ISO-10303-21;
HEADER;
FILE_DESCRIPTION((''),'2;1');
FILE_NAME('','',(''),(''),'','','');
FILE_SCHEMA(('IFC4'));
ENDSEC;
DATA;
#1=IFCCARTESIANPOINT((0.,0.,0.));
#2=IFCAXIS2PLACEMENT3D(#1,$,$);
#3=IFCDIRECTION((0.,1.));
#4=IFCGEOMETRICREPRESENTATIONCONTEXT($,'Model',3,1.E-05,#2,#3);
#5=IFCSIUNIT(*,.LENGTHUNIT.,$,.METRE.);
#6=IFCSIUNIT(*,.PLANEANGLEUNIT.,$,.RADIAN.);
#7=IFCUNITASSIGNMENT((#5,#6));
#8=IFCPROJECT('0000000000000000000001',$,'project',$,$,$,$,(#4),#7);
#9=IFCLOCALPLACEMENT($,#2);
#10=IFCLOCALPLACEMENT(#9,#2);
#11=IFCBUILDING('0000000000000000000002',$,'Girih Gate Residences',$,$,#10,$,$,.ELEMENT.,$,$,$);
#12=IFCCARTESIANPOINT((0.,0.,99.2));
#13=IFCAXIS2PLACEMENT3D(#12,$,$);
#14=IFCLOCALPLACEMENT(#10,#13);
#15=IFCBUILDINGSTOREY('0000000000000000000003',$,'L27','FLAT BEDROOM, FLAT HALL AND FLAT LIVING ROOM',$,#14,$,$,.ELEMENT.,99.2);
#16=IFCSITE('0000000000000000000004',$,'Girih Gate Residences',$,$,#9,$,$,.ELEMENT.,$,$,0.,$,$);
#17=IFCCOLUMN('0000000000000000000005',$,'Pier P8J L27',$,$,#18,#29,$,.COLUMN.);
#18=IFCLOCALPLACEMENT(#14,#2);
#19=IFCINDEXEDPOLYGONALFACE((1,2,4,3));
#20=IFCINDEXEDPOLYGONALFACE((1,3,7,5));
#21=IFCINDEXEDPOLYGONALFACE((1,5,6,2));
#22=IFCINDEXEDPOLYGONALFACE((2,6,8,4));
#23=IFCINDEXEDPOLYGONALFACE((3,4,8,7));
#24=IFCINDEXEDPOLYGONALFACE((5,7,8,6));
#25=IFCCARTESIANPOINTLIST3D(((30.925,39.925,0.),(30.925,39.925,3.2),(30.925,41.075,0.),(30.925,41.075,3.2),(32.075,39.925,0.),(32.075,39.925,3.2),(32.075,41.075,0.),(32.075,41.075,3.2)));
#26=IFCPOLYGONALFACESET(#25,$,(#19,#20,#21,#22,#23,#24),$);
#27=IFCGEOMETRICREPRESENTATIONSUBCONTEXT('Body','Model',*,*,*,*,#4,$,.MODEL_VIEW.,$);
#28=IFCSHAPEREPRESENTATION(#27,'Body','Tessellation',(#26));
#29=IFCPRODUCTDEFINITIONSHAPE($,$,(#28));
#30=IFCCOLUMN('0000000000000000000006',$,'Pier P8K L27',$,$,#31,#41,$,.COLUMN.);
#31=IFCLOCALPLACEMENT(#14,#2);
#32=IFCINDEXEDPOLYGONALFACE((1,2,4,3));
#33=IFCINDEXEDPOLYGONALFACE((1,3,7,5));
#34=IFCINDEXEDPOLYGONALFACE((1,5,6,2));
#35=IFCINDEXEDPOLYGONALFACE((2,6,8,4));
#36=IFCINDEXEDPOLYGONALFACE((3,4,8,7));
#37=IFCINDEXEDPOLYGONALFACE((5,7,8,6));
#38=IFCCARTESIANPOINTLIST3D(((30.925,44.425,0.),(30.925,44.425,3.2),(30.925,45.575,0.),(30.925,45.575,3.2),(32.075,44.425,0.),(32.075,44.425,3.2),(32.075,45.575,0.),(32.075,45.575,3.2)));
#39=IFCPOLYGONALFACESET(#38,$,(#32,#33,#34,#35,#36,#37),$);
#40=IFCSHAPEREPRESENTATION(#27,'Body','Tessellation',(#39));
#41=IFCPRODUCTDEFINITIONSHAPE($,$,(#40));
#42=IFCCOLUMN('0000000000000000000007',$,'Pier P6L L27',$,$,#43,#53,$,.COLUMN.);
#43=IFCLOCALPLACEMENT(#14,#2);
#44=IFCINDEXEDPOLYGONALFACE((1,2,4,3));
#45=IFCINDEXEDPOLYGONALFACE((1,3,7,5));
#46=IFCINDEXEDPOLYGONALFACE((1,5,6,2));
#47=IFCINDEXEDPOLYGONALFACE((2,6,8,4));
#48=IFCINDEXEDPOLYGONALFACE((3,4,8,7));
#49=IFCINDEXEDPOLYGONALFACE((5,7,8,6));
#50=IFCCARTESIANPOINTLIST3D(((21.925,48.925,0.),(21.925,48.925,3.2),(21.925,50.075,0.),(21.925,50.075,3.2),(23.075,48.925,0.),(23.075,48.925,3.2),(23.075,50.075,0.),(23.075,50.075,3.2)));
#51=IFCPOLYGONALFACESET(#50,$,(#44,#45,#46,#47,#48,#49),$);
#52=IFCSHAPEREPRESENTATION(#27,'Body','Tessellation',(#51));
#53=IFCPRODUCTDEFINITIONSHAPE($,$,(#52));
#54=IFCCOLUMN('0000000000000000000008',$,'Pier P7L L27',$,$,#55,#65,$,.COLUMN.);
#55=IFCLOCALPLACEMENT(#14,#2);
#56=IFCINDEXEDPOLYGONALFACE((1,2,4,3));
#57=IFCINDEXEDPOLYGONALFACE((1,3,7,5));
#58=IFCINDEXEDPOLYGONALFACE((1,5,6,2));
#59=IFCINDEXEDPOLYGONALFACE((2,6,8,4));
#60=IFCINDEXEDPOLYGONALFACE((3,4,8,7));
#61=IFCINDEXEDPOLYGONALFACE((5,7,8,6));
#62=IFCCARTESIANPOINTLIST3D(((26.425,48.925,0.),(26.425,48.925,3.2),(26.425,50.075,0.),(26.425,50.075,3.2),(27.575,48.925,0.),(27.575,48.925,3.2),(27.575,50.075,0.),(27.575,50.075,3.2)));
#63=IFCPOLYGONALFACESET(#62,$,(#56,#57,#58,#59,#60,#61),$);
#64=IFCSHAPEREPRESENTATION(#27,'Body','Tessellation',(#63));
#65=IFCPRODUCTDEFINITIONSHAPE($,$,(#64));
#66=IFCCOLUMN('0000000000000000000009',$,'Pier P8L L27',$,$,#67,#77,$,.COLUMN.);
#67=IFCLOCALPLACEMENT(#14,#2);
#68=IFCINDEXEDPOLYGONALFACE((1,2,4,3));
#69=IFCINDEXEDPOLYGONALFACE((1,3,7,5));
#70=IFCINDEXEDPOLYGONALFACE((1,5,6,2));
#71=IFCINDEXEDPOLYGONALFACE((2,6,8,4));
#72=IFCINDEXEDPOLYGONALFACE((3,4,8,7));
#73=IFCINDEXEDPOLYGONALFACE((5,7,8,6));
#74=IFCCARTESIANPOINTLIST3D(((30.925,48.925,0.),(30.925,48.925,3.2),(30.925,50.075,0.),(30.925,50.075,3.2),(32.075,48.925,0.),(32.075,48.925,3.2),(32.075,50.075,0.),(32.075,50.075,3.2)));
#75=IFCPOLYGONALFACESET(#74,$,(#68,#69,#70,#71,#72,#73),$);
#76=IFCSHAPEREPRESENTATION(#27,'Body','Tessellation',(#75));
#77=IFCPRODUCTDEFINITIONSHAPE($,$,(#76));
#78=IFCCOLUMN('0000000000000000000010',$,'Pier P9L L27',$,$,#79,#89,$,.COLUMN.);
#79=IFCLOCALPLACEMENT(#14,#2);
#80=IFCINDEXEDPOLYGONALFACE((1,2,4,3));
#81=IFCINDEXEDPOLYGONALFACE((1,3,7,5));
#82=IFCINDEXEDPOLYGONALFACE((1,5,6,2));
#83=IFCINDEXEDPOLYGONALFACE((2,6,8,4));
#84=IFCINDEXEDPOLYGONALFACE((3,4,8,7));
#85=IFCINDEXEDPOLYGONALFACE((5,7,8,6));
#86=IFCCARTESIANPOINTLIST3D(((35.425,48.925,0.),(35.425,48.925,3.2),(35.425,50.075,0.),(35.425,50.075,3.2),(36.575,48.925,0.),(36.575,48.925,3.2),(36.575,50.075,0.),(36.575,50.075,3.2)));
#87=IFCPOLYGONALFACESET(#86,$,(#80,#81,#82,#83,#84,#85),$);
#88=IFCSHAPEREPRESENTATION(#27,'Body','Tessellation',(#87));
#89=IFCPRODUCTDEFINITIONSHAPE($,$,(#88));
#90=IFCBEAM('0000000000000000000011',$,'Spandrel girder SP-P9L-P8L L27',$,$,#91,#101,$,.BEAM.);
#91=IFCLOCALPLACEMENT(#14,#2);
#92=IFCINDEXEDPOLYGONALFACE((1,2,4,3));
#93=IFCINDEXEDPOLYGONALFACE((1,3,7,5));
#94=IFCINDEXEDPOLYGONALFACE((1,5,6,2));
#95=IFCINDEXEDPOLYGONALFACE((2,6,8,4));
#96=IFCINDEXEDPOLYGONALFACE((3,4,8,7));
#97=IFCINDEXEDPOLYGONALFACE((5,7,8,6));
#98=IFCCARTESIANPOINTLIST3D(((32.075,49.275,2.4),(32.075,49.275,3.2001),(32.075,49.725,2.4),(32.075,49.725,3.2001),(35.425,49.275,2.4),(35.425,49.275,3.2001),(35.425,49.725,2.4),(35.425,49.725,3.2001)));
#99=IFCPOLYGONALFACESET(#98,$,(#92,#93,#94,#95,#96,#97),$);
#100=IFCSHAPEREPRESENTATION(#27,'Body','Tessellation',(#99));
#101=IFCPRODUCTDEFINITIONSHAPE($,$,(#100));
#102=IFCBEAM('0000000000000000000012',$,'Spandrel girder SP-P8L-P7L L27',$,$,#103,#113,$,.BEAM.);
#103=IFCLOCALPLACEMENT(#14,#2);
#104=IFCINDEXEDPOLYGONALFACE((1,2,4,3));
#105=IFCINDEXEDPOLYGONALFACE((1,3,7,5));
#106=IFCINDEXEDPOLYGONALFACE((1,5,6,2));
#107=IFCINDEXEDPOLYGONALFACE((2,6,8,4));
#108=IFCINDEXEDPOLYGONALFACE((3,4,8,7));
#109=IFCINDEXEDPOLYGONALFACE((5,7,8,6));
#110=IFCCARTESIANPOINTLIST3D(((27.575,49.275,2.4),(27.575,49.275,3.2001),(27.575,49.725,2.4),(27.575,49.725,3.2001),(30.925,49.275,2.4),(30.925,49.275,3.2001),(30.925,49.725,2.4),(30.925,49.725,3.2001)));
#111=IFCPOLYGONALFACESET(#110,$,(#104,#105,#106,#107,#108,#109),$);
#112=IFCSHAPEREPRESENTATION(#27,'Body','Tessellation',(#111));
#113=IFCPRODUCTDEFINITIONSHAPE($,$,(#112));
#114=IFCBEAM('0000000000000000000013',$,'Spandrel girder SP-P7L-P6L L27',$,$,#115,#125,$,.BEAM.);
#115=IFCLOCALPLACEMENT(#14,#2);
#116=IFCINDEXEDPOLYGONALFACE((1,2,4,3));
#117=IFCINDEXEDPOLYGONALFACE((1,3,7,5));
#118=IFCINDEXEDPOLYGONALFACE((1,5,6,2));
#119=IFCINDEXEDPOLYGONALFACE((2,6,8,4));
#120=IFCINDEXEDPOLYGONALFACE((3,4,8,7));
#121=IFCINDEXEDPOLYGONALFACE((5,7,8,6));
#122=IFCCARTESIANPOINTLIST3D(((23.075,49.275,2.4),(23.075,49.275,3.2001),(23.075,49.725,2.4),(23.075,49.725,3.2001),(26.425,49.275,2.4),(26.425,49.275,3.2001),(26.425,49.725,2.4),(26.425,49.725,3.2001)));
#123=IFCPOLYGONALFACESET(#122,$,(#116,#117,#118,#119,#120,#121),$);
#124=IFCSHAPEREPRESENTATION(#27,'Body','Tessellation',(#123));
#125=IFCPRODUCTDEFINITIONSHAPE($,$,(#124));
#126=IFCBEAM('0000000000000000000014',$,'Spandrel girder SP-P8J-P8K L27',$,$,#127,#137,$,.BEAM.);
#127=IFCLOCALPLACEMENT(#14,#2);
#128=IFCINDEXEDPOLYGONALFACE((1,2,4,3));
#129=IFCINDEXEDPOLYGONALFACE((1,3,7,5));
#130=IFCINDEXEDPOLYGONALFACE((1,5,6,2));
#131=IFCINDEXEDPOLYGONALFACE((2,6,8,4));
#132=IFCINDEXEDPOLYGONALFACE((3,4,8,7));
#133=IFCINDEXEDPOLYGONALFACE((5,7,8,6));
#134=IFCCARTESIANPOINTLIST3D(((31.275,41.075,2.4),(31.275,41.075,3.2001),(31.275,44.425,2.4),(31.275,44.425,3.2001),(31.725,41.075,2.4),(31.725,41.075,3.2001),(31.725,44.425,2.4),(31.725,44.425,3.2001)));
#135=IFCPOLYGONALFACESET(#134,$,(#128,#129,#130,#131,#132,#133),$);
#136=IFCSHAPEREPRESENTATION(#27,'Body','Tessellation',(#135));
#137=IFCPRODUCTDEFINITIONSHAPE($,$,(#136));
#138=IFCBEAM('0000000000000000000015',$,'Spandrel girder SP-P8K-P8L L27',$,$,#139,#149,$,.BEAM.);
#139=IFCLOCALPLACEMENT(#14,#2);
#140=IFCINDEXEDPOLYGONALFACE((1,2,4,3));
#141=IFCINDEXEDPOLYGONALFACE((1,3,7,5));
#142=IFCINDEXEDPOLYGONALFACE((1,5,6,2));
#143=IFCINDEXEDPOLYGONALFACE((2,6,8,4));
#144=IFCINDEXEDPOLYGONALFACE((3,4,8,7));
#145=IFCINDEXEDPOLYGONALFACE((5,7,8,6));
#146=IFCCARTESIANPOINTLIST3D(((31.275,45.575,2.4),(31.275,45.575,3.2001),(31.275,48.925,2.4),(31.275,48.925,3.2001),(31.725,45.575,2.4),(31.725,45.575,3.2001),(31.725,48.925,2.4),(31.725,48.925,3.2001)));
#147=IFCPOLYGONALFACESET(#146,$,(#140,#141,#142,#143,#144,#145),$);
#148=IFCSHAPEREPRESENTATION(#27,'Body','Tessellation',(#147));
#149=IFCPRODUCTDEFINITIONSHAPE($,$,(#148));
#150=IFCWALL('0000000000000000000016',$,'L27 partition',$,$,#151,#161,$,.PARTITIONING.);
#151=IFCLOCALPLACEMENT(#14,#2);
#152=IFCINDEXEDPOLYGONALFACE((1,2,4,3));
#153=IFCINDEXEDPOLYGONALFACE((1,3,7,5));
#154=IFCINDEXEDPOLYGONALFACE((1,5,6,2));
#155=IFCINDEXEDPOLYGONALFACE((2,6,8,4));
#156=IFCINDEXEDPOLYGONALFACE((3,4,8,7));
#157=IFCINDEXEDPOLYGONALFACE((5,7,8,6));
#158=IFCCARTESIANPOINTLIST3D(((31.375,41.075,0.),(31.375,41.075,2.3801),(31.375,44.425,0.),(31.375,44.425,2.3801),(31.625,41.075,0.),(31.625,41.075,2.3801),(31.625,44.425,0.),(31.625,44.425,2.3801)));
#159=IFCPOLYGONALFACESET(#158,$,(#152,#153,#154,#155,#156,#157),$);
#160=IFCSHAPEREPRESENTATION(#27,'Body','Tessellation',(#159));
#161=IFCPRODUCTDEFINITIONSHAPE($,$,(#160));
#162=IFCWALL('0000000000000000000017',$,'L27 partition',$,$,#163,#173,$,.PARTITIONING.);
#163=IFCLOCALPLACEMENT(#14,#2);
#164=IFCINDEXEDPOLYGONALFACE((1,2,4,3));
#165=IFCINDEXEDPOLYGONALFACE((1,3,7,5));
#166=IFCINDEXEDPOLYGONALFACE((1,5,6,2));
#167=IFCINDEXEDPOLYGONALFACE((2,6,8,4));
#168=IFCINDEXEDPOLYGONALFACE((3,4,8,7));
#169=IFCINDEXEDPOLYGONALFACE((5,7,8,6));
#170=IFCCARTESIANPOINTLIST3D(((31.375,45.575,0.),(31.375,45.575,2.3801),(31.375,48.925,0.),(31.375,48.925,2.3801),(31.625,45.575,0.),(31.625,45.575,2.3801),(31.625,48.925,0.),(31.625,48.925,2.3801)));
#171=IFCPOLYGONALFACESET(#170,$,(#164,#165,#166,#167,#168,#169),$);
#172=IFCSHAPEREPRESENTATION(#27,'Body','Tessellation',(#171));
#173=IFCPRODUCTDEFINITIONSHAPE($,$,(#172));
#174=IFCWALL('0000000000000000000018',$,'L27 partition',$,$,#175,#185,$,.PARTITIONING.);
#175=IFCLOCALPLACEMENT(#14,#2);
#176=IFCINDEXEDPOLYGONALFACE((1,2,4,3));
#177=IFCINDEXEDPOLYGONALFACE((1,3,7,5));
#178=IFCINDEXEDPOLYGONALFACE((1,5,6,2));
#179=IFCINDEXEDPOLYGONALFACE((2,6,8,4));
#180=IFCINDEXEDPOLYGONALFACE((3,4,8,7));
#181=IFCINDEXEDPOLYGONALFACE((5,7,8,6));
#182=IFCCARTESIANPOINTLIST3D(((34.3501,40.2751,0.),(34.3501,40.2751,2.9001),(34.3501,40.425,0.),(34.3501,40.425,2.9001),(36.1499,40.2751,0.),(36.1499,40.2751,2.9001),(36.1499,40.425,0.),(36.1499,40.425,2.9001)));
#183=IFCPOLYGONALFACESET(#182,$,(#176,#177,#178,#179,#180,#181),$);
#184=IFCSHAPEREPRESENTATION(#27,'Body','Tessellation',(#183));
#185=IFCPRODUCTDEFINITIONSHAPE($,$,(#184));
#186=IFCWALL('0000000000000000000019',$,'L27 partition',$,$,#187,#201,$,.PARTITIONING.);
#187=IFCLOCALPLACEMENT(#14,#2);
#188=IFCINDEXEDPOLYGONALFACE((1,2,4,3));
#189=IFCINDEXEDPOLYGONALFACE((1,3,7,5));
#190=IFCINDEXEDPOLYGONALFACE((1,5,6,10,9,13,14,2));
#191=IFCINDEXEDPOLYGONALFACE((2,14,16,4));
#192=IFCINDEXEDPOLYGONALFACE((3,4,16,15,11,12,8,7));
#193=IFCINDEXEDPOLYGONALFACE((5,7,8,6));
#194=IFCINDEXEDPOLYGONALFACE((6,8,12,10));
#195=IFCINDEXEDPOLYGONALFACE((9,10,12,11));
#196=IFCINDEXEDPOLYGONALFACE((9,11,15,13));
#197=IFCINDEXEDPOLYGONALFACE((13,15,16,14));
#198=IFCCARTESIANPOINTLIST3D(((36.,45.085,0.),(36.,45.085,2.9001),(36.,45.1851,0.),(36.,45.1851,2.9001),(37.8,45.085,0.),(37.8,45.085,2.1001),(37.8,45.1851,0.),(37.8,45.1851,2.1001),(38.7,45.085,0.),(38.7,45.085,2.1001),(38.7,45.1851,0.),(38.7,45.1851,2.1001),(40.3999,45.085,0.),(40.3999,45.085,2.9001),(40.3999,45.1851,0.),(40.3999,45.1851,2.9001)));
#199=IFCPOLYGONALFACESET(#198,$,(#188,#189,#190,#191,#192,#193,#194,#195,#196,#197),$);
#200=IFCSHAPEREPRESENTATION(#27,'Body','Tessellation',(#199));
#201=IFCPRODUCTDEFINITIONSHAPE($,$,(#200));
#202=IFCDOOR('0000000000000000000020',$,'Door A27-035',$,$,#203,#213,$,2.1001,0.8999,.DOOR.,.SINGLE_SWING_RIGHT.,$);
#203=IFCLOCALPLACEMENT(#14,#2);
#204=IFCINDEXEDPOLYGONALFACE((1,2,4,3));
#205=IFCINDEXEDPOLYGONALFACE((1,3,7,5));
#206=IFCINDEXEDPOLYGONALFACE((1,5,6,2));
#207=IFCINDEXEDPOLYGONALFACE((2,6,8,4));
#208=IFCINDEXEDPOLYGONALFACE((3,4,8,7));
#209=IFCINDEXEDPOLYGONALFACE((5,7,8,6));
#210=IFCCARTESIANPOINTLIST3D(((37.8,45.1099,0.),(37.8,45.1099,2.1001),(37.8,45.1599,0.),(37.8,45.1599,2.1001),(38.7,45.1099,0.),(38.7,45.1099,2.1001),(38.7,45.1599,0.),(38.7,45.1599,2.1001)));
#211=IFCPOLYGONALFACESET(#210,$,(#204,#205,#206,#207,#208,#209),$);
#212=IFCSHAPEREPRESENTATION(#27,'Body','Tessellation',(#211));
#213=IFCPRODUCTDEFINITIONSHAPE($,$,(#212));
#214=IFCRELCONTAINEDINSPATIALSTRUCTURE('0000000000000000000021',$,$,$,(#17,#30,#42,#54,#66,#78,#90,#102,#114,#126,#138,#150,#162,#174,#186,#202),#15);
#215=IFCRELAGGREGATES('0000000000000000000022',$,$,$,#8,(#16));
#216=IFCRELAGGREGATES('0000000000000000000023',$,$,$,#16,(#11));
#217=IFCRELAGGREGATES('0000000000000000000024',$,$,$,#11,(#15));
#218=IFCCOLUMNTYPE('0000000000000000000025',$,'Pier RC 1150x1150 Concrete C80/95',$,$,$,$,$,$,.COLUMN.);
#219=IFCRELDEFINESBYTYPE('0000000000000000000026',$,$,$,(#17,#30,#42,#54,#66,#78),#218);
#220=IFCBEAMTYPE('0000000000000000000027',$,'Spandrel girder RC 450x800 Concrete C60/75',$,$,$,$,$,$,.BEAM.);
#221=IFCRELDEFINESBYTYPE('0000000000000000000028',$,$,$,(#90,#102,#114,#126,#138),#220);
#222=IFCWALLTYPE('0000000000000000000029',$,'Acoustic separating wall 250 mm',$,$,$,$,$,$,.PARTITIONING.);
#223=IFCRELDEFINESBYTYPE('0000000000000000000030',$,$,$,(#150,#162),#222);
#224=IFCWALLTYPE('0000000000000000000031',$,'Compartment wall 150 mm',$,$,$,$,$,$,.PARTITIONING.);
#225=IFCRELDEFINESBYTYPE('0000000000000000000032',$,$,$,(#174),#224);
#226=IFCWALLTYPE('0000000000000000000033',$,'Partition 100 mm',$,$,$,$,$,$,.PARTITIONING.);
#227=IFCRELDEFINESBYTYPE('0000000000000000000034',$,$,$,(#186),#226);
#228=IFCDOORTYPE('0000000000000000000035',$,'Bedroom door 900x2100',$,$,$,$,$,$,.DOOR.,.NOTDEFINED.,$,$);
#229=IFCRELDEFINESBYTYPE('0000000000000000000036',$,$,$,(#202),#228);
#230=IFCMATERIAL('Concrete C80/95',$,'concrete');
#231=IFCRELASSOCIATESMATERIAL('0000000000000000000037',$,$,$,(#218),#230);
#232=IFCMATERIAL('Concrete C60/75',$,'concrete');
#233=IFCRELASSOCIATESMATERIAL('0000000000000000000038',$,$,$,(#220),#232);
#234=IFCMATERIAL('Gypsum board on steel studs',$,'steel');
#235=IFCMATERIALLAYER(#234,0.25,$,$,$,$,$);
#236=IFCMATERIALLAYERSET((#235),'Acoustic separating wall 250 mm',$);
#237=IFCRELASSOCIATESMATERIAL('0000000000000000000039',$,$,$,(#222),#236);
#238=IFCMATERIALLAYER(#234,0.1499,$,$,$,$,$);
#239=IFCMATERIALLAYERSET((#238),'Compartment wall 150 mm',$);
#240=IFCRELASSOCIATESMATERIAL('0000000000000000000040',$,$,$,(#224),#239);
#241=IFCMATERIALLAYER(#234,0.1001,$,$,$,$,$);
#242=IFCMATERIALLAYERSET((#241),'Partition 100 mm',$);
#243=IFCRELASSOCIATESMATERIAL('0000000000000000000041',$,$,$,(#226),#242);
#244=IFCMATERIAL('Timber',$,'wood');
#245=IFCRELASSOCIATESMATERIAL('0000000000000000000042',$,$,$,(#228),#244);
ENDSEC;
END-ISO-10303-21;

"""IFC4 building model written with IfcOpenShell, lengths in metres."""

from ifc_helpers import new_model, si_unit, direction, frame, frame_2d, origin, origin_2d, place, context, subcontext, project, spatial, rectangle, extrude, material, layer, layer_set, material_profile, profile_set, type_object, element, fill, save


model = new_model("IFC4")

# Units and contexts
model_context = context("Model", 3, precision=1e-05, world=origin(), true_north=direction((0.0, 1.0)))
body_context = subcontext(model_context, "Body", "Model", "MODEL_VIEW")
ifc_project = project(units=[si_unit("LENGTHUNIT", "METRE"), si_unit("PLANEANGLEUNIT", "RADIAN")], contexts=[model_context])

# Site, building, storey
site_placement = place(None, origin())
site = spatial("IfcSite", under=ifc_project, at=site_placement, Name="Girih Gate Residences", CompositionType="ELEMENT", RefElevation=0.0)
building_placement = place(site_placement, origin())
building = spatial("IfcBuilding", under=site, at=building_placement, Name="Girih Gate Residences", CompositionType="ELEMENT")
storey_placement = place(building_placement, frame((0.0, 0.0, 99.2)))
storey = spatial("IfcBuildingStorey", under=building, at=storey_placement, Name="L27", Description="FLAT BEDROOM, FLAT HALL AND FLAT LIVING ROOM", CompositionType="ELEMENT", Elevation=99.2)

# Columns
ifc_material_1 = material(Name="Concrete C80/95", Category="concrete")
ifc_material_profile_1 = material_profile(ifc_material_1, rectangle(XDim=1.1499, YDim=1.1499, at=origin_2d()))
ifc_profile_set_1 = profile_set([ifc_material_profile_1], Name="Concrete C80/95")
column_type = type_object("IfcColumnType", Name="Pier RC 1150x1150 Concrete C80/95", PredefinedType="COLUMN", material=ifc_profile_set_1)
for number, where, z_axis, x_axis, name in (
    (1, (31.5, 40.5, 0.0), (0.0, 0.0, 1.0), (1.0, 0.0, 0.0), "Pier P8J L27"),
    (2, (31.5, 45.0, 0.0), (0.0, 0.0, 1.0), (1.0, 0.0, 0.0), "Pier P8K L27"),
    (3, (22.5, 49.5, 0.0), (0.0, 0.0, 1.0), (1.0, 0.0, 0.0), "Pier P6L L27"),
    (4, (27.0, 49.5, 0.0), (0.0, 0.0, 1.0), (1.0, 0.0, 0.0), "Pier P7L L27"),
    (5, (31.5, 49.5, 0.0), (0.0, 0.0, 1.0), (1.0, 0.0, 0.0), "Pier P8L L27"),
    (6, (36.0, 49.5, 0.0), (0.0, 0.0, 1.0), (1.0, 0.0, 0.0), "Pier P9L L27"),
):
    element("IfcColumn", number, at=place(storey_placement, frame(where, z_axis=z_axis, x_axis=x_axis)), inside=storey, type_object=column_type, Name=name, PredefinedType="COLUMN", context=body_context, shape_type="SweptSolid", body=[
        extrude(rectangle(XDim=1.1499, YDim=1.1499, at=origin_2d()), origin(), (0.0, 0.0, 1.0), 3.2),
    ])

# Beams
ifc_material_2 = material(Name="Concrete C60/75", Category="concrete")
ifc_material_profile_2 = material_profile(ifc_material_2, rectangle(XDim=0.45, YDim=0.8, at=origin_2d()))
ifc_profile_set_2 = profile_set([ifc_material_profile_2], Name="Concrete C60/75")
beam_type = type_object("IfcBeamType", Name="Spandrel girder RC 450x800 Concrete C60/75", PredefinedType="BEAM", material=ifc_profile_set_2)
for number, where, z_axis, x_axis, name in (
    (7, (35.425, 49.5, 2.8), (-1.0, 0.0, 0.0), (0.0, -1.0, 0.0), "Spandrel girder SP-P9L-P8L L27"),
    (8, (30.925, 49.5, 2.8), (-1.0, 0.0, 0.0), (0.0, -1.0, 0.0), "Spandrel girder SP-P8L-P7L L27"),
    (9, (26.425, 49.5, 2.8), (-1.0, 0.0, 0.0), (0.0, -1.0, 0.0), "Spandrel girder SP-P7L-P6L L27"),
    (10, (31.5, 41.075, 2.8), (0.0, 1.0, 0.0), (-1.0, 0.0, 0.0), "Spandrel girder SP-P8J-P8K L27"),
    (11, (31.5, 45.575, 2.8), (0.0, 1.0, 0.0), (-1.0, 0.0, 0.0), "Spandrel girder SP-P8K-P8L L27"),
):
    element("IfcBeam", number, at=place(storey_placement, frame(where, z_axis=z_axis, x_axis=x_axis)), inside=storey, type_object=beam_type, Name=name, PredefinedType="BEAM", context=body_context, shape_type="SweptSolid", body=[
        extrude(rectangle(XDim=0.45, YDim=0.8, at=origin_2d()), origin(), (0.0, 0.0, 1.0), 3.3501),
    ])

# Walls
ifc_material_3 = material(Name="Gypsum board on steel studs", Category="steel")
ifc_layer_1 = layer(ifc_material_3, 0.25)
ifc_layer_set_1 = layer_set([ifc_layer_1], Name="Acoustic separating wall 250 mm")
wall_type_1 = type_object("IfcWallType", Name="Acoustic separating wall 250 mm", PredefinedType="PARTITIONING", material=ifc_layer_set_1)
for number, where, z_axis, x_axis, name in (
    (12, (31.5, 41.075, 0.0), (0.0, 0.0, 1.0), (0.0, 1.0, 0.0), "L27 partition"),
    (13, (31.5, 45.575, 0.0), (0.0, 0.0, 1.0), (0.0, 1.0, 0.0), "L27 partition"),
):
    element("IfcWall", number, at=place(storey_placement, frame(where, z_axis=z_axis, x_axis=x_axis)), inside=storey, type_object=wall_type_1, Name=name, PredefinedType="PARTITIONING", context=body_context, shape_type="SweptSolid", body=[
        extrude(rectangle(XDim=3.3501, YDim=0.25, at=frame_2d((1.675, 0.0))), origin(), (0.0, 0.0, 1.0), 2.3801),
    ])
ifc_layer_2 = layer(ifc_material_3, 0.1499)
ifc_layer_set_2 = layer_set([ifc_layer_2], Name="Compartment wall 150 mm")
wall_type_2 = type_object("IfcWallType", Name="Compartment wall 150 mm", PredefinedType="PARTITIONING", material=ifc_layer_set_2)
wall_1_placement = place(storey_placement, frame((34.3501, 40.3501, 0.0), z_axis=(0.0, 0.0, 1.0), x_axis=(1.0, 0.0, 0.0)))
element("IfcWall", 14, at=wall_1_placement, inside=storey, type_object=wall_type_2, Name="L27 partition", PredefinedType="PARTITIONING", context=body_context, shape_type="SweptSolid", body=[
    extrude(rectangle(XDim=1.7998, YDim=0.1499, at=frame_2d((0.8999, 0.0))), origin(), (0.0, 0.0, 1.0), 2.9001),
])

# Wall, opening, door
ifc_layer_3 = layer(ifc_material_3, 0.1001)
ifc_layer_set_3 = layer_set([ifc_layer_3], Name="Partition 100 mm")
wall_type_3 = type_object("IfcWallType", Name="Partition 100 mm", PredefinedType="PARTITIONING", material=ifc_layer_set_3)
wall_2_placement = place(storey_placement, frame((36.0, 45.135, 0.0), z_axis=(0.0, 0.0, 1.0), x_axis=(1.0, 0.0, 0.0)))
wall_2 = element("IfcWall", 15, at=wall_2_placement, inside=storey, type_object=wall_type_3, Name="L27 partition", PredefinedType="PARTITIONING", context=body_context, shape_type="SweptSolid", body=[
    extrude(rectangle(XDim=4.3999, YDim=0.1001, at=frame_2d((2.2, 0.0))), origin(), (0.0, 0.0, 1.0), 2.9001),
])
opening_1_placement = place(wall_2_placement, frame((1.8, 0.0, 0.0)))
opening_1 = element("IfcOpeningElement", 16, at=opening_1_placement, cuts=wall_2, PredefinedType="OPENING", context=body_context, shape_type="SweptSolid", body=[
    extrude(rectangle(XDim=0.8999, YDim=2.1001, at=frame_2d((0.45, 1.05))), frame((0.0, 0.0601, 0.0), z_axis=(0.0, -1.0, 0.0), x_axis=(1.0, 0.0, 0.0)), (0.0, 0.0, 1.0), 0.1201),
])
ifc_material_4 = material(Name="Timber", Category="wood")
door_type_1 = type_object("IfcDoorType", Name="Bedroom door 900x2100", OperationType="NOTDEFINED", PredefinedType="DOOR", material=ifc_material_4)
door_1_placement = place(opening_1_placement, origin())
door_1 = element("IfcDoor", 17, at=door_1_placement, inside=storey, type_object=door_type_1, Name="Door A27-035", OperationType="SINGLE_SWING_RIGHT", OverallHeight=2.1001, OverallWidth=0.8999, PredefinedType="DOOR", context=body_context, shape_type="SweptSolid", body=[
    extrude(rectangle(XDim=0.8999, YDim=2.1001, at=frame_2d((0.45, 1.05))), frame((0.0, 0.0249, 0.0), z_axis=(0.0, -1.0, 0.0), x_axis=(1.0, 0.0, 0.0)), (0.0, 0.0, 1.0), 0.05),
])
fill(opening_1, door_1)

save(model, "model.ifc")
